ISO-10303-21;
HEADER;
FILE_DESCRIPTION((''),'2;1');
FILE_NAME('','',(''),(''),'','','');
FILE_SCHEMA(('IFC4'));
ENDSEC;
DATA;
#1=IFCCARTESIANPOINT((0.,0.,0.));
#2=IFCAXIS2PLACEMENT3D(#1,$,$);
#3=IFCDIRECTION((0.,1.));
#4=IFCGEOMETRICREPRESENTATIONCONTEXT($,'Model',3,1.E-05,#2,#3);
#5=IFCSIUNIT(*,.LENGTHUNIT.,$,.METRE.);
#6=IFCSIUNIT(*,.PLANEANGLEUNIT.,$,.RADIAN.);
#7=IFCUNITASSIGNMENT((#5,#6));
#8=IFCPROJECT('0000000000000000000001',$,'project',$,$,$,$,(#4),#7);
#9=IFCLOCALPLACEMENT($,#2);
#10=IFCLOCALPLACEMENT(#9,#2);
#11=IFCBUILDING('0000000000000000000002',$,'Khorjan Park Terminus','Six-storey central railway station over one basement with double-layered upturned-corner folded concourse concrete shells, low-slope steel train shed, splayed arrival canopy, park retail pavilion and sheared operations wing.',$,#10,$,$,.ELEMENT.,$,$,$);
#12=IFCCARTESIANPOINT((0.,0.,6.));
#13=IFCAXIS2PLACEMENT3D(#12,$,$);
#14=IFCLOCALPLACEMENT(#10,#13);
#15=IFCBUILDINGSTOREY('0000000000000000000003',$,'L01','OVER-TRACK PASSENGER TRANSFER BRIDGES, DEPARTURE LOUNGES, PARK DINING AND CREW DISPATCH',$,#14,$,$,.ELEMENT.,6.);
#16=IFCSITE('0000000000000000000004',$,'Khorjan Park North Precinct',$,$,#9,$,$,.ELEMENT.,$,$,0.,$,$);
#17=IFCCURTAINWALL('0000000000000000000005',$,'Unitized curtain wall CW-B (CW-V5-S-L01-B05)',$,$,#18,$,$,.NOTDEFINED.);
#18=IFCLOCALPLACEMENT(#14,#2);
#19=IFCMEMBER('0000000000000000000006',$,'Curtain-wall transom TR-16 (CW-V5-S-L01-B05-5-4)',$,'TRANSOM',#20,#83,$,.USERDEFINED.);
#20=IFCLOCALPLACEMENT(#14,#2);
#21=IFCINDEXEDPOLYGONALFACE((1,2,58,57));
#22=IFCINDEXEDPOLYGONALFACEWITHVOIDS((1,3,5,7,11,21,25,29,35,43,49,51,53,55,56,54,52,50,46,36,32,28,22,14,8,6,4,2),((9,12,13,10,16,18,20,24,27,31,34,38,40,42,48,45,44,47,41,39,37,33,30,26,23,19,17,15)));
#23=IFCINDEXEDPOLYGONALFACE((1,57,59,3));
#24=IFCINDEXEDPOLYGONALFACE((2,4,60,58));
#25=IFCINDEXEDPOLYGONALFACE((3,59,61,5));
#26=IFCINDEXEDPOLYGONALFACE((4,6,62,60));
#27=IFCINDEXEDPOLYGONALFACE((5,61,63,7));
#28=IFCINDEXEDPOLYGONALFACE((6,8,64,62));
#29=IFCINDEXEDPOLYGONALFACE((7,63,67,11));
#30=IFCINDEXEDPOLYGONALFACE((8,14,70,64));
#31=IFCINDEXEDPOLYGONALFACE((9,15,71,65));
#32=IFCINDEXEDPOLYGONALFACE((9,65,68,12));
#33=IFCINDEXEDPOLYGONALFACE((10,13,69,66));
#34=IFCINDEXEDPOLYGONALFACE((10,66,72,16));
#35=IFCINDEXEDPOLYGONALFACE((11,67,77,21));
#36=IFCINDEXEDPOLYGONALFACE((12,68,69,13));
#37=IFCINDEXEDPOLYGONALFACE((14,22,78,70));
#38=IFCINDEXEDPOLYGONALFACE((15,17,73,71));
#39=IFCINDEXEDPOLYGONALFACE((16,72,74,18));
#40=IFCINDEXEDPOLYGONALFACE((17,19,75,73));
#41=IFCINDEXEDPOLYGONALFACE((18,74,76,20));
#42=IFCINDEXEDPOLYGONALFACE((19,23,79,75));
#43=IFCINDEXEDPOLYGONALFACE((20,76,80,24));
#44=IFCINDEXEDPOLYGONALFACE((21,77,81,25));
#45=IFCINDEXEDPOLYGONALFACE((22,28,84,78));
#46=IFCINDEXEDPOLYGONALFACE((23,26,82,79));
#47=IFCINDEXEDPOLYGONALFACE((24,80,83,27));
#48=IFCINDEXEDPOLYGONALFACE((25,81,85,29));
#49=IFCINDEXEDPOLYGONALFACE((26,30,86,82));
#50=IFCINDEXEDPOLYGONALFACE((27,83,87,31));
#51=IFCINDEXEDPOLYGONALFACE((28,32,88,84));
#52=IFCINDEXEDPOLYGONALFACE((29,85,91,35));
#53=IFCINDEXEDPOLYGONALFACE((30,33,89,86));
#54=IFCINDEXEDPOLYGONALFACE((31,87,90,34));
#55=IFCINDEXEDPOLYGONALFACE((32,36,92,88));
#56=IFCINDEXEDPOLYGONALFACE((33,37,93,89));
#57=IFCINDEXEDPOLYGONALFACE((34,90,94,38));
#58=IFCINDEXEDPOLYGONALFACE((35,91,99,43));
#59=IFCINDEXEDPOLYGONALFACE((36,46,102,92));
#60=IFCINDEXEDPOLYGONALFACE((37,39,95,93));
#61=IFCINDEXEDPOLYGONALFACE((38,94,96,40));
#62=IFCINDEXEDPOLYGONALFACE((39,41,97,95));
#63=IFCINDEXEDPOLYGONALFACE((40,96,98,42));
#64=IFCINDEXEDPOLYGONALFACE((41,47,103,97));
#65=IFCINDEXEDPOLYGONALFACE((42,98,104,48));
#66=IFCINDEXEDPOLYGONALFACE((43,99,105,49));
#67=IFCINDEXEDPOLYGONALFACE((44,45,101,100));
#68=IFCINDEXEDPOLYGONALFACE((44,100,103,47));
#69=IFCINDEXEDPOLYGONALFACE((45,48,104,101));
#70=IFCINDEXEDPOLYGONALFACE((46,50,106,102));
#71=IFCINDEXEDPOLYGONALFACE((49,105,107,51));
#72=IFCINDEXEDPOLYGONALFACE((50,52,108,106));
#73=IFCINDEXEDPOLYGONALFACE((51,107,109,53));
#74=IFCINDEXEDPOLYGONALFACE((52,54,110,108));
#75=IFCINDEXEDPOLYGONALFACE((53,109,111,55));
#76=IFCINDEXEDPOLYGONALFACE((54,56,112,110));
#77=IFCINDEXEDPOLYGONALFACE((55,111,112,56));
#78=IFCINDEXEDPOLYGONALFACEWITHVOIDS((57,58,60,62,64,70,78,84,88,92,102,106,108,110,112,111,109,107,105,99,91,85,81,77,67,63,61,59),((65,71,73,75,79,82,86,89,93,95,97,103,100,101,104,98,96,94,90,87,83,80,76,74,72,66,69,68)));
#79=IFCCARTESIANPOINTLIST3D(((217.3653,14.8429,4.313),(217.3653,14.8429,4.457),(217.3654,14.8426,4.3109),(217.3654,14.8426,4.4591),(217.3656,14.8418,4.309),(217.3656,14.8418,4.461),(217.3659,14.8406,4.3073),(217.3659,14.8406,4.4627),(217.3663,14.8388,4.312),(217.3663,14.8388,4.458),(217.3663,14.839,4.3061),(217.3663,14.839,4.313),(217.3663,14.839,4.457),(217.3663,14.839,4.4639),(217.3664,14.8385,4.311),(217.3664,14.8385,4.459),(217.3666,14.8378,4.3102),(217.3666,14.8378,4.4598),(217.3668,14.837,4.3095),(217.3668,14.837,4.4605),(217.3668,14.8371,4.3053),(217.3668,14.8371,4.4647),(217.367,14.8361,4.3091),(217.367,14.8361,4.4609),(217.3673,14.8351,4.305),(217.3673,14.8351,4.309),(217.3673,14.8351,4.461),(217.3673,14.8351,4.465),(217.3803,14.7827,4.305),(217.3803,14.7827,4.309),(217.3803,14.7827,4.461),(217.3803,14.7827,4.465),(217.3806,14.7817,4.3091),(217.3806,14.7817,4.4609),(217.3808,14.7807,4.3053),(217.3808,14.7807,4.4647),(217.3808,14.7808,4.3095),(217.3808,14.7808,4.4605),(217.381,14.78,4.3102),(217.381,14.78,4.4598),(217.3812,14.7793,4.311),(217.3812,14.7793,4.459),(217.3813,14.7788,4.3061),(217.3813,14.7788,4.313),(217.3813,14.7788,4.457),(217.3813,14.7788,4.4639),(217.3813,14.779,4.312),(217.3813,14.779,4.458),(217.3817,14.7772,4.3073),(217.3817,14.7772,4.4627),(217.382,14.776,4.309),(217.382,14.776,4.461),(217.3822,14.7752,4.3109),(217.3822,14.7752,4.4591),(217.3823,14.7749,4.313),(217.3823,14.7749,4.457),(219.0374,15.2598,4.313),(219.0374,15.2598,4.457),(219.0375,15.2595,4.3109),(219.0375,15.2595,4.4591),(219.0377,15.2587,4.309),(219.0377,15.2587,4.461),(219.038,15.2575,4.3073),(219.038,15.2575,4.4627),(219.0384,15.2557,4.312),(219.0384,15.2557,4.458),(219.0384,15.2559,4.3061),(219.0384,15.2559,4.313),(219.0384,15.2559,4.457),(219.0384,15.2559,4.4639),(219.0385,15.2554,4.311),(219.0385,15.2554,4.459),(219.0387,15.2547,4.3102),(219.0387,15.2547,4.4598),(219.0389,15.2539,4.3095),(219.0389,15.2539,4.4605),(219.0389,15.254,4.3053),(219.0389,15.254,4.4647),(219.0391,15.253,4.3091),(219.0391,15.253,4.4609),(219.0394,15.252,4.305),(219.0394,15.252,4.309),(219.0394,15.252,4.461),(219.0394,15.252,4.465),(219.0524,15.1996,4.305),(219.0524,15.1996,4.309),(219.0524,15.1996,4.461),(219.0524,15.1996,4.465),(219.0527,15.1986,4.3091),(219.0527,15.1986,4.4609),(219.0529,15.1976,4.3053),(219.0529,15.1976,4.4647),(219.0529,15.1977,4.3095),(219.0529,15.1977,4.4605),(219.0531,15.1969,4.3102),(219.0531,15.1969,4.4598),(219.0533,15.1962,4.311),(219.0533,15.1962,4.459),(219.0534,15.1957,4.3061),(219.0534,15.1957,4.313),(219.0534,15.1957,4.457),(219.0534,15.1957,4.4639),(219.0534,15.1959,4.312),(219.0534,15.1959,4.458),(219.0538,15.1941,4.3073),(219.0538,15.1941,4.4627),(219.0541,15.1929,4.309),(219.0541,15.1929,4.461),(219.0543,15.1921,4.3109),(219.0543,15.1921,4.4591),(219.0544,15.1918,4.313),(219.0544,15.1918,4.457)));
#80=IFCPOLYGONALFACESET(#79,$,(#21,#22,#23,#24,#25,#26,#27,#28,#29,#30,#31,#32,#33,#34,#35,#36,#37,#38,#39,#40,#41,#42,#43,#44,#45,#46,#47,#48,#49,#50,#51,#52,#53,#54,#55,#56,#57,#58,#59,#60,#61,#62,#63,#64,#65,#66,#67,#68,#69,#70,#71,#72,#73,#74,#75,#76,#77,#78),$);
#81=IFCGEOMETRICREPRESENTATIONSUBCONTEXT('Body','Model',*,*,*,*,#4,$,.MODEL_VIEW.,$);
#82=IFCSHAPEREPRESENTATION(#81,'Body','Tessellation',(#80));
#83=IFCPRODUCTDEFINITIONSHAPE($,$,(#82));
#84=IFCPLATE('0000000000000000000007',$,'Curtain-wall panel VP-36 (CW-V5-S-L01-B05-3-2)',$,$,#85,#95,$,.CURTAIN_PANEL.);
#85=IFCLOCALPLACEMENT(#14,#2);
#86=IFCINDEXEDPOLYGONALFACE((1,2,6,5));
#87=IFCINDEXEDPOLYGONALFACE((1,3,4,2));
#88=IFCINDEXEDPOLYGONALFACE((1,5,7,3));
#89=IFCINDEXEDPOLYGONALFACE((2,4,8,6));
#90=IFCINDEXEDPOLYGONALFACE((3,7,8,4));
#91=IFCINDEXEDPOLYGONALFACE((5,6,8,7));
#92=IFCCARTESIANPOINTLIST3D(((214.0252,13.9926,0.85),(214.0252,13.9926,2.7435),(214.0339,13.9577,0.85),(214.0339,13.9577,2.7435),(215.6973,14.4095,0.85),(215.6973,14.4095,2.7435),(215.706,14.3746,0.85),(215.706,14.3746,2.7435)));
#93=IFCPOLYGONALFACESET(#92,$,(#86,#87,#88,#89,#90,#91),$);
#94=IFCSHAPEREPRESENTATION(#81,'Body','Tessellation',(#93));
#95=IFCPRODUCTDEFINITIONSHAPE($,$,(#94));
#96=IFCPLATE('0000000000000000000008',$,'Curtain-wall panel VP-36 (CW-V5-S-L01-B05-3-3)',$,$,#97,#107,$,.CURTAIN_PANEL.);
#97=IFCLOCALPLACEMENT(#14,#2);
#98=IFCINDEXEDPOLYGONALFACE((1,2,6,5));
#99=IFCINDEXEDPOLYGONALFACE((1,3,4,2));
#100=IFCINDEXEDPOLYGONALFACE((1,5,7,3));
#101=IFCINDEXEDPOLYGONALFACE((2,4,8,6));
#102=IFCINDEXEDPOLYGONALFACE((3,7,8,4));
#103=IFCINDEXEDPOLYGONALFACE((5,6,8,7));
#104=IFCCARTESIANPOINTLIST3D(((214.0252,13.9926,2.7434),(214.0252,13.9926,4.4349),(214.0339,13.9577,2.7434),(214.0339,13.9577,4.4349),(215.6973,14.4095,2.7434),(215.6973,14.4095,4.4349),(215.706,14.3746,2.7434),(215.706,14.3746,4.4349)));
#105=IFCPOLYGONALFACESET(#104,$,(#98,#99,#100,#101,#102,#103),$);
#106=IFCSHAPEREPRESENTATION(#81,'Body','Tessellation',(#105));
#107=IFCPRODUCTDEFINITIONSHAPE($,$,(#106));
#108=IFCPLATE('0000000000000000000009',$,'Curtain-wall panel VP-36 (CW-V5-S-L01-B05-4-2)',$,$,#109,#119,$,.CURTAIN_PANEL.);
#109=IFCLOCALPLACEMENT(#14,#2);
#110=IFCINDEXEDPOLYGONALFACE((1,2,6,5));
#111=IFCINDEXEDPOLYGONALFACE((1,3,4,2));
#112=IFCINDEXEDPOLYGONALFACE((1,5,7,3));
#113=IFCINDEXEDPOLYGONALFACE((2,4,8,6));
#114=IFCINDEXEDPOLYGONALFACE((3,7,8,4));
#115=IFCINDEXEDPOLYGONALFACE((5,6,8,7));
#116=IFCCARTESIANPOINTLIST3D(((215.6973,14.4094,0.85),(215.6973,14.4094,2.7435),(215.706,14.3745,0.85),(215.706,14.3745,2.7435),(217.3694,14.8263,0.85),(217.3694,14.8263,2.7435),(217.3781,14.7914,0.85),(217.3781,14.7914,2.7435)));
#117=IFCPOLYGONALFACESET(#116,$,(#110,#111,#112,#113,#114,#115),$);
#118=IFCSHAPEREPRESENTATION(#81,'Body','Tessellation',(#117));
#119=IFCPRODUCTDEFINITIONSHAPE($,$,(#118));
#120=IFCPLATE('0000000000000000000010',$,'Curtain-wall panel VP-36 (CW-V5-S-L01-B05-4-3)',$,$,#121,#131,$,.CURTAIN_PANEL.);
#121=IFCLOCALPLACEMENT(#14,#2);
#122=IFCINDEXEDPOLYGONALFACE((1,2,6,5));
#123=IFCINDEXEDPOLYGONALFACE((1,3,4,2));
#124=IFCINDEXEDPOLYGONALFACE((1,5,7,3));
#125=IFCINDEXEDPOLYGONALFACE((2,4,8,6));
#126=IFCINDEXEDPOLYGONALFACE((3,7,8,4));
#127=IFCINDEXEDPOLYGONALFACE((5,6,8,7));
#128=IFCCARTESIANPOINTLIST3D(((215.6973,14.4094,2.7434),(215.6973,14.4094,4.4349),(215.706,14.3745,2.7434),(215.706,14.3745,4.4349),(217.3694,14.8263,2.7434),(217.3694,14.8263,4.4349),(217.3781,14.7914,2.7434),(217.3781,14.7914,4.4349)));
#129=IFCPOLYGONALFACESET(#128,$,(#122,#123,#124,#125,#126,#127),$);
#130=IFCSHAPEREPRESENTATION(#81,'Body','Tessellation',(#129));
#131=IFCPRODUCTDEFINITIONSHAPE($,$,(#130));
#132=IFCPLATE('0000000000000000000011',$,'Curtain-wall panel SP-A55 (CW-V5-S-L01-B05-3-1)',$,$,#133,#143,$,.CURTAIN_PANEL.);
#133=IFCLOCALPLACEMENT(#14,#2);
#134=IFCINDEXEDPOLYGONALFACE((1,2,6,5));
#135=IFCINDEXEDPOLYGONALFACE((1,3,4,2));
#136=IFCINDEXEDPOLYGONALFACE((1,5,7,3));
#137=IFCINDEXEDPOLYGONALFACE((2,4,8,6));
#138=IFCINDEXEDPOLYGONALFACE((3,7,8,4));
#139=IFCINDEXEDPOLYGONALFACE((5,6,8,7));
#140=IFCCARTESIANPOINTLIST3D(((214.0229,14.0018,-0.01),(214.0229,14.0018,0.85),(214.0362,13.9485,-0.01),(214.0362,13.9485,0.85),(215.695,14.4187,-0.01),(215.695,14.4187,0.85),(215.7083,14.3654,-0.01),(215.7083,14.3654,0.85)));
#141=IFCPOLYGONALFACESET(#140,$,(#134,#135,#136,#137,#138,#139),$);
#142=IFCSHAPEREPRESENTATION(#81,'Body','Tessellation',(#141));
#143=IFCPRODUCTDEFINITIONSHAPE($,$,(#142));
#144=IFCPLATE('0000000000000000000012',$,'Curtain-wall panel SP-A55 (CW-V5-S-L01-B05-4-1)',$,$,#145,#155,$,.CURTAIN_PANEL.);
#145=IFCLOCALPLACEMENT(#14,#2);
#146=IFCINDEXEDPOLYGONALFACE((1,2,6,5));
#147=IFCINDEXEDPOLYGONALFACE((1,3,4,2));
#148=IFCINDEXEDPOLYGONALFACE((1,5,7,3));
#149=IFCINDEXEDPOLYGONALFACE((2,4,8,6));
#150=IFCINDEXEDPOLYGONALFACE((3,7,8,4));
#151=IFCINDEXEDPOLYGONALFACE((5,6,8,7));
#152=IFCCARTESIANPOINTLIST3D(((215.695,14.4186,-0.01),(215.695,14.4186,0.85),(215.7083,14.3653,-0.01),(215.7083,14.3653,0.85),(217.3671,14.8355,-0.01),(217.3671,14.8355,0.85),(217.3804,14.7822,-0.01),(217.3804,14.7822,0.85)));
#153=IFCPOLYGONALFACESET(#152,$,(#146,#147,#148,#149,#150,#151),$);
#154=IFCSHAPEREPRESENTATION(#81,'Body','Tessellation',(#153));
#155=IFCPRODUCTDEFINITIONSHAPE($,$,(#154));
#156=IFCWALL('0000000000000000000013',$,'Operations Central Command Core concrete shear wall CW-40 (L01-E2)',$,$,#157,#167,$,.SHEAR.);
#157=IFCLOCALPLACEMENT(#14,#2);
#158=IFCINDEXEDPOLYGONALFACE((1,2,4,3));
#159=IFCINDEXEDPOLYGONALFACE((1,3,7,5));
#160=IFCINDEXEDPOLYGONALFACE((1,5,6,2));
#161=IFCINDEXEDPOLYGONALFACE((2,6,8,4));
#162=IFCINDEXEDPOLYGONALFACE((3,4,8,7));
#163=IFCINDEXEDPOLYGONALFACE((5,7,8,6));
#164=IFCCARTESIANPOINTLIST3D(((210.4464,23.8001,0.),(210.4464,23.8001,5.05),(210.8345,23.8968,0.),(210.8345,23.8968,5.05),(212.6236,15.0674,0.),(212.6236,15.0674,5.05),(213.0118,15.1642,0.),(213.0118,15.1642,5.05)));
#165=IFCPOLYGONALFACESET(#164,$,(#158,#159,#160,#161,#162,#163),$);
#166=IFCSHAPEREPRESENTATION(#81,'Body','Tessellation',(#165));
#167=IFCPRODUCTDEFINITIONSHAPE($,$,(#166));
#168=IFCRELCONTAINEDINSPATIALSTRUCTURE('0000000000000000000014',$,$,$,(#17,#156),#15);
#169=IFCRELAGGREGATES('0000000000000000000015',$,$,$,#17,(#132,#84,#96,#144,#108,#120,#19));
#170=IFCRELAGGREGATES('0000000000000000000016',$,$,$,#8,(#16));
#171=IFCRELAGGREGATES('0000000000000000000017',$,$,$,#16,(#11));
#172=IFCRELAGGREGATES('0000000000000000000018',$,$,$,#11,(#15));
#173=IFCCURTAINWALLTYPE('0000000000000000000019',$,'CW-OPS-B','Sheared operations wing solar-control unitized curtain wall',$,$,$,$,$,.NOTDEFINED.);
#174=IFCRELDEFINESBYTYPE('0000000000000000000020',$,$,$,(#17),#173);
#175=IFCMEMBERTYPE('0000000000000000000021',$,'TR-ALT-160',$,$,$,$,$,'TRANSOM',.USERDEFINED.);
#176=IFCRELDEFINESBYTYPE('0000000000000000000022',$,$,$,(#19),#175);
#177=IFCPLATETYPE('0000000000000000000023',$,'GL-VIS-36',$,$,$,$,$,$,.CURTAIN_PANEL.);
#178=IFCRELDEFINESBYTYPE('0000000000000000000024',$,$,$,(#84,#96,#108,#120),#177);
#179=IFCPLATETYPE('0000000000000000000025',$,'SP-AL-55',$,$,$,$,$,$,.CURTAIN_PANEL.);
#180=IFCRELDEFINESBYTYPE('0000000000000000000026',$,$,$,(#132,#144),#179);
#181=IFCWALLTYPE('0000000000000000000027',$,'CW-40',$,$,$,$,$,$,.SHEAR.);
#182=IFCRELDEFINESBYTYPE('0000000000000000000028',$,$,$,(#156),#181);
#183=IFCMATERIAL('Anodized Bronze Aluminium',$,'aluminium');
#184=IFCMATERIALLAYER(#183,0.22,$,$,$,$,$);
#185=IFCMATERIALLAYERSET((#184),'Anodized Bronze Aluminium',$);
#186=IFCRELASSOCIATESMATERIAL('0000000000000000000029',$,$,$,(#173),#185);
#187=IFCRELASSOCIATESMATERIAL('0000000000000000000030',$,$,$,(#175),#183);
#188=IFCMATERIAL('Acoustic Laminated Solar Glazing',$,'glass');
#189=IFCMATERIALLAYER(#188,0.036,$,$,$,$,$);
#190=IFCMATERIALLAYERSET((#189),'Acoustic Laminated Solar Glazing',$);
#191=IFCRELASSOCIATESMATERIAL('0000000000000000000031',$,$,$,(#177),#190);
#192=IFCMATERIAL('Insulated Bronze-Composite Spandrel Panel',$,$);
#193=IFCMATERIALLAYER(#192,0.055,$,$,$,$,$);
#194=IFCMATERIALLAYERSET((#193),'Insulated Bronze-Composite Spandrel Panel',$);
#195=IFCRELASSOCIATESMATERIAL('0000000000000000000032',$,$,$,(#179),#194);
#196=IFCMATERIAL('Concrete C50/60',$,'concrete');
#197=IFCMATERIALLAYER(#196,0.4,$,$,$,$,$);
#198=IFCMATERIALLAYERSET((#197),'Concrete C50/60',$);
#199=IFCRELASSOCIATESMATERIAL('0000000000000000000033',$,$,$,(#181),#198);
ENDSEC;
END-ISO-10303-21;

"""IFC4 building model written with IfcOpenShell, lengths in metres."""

from ifc_helpers import new_model, si_unit, direction, frame, frame_2d, origin, origin_2d, place, context, subcontext, project, spatial, rectangle, hollow_rectangle, extrude, material, layer, layer_set, material_profile, profile_set, type_object, element, aggregate, save


model = new_model("IFC4")

# Units and contexts
model_context = context("Model", 3, precision=1e-05, world=origin(), true_north=direction((0.0, 1.0)))
body_context = subcontext(model_context, "Body", "Model", "MODEL_VIEW")
ifc_project = project(units=[si_unit("LENGTHUNIT", "METRE"), si_unit("PLANEANGLEUNIT", "RADIAN")], contexts=[model_context])

# Site, building, storey
site_placement = place(None, origin())
site = spatial("IfcSite", under=ifc_project, at=site_placement, Name="Khorjan Park North Precinct", CompositionType="ELEMENT", RefElevation=0.0)
building_placement = place(site_placement, origin())
building = spatial("IfcBuilding", under=site, at=building_placement, Name="Khorjan Park Terminus", Description="Six-storey central railway station over one basement with double-layered upturned-corner folded concourse concrete shells, low-slope steel train shed, splayed arrival canopy, park retail pavilion and sheared operations wing.", CompositionType="ELEMENT")
storey_placement = place(building_placement, frame((0.0, 0.0, 6.0)))
storey = spatial("IfcBuildingStorey", under=building, at=storey_placement, Name="L01", Description="OVER-TRACK PASSENGER TRANSFER BRIDGES, DEPARTURE LOUNGES, PARK DINING AND CREW DISPATCH", CompositionType="ELEMENT", Elevation=6.0)

# Shared definitions
ifc_material_1 = material(Name="Concrete C50/60", Category="concrete")

# Curtain wall, member, plates
ifc_material_2 = material(Name="Anodized Bronze Aluminium", Category="aluminium")
ifc_layer_1 = layer(ifc_material_2, 0.22)
ifc_layer_set_1 = layer_set([ifc_layer_1], Name="Anodized Bronze Aluminium")
curtain_wall_type = type_object("IfcCurtainWallType", Name="CW-OPS-B", Description="Sheared operations wing solar-control unitized curtain wall", PredefinedType="NOTDEFINED", material=ifc_layer_set_1)
curtain_wall_placement = place(storey_placement, origin())
curtain_wall = element("IfcCurtainWall", 1, at=curtain_wall_placement, inside=storey, type_object=curtain_wall_type, Name="Unitized curtain wall CW-B (CW-V5-S-L01-B05)", PredefinedType="NOTDEFINED")
ifc_material_profile_1 = material_profile(ifc_material_2, hollow_rectangle(XDim=0.07, YDim=0.16, WallThickness=0.004, InnerFilletRadius=0.004, OuterFilletRadius=0.008, at=origin_2d()), Name="ALT 70x160x4")
ifc_profile_set_1 = profile_set([ifc_material_profile_1], Name="Anodized Bronze Aluminium")
member_type_1 = type_object("IfcMemberType", Name="TR-ALT-160", ElementType="TRANSOM", PredefinedType="USERDEFINED", material=ifc_profile_set_1)
member_1_placement = place(storey_placement, frame((217.3738, 14.8089, 4.385), z_axis=(0.970296, 0.241921, 0.0), x_axis=(-0.241921, 0.970296, 0.0)))
member_1 = element("IfcMember", 2, at=member_1_placement, type_object=member_type_1, Name="Curtain-wall transom TR-16 (CW-V5-S-L01-B05-5-4)", ObjectType="TRANSOM", PredefinedType="USERDEFINED", context=body_context, shape_type="SweptSolid", body=[
    extrude(hollow_rectangle(XDim=0.07, YDim=0.16, WallThickness=0.004, InnerFilletRadius=0.004, OuterFilletRadius=0.008, at=origin_2d()), origin(), (0.0, 0.0, 1.0), 1.7233),
])
ifc_material_3 = material(Name="Acoustic Laminated Solar Glazing", Category="glass")
ifc_layer_2 = layer(ifc_material_3, 0.036)
ifc_layer_set_2 = layer_set([ifc_layer_2], Name="Acoustic Laminated Solar Glazing")
plate_type_1 = type_object("IfcPlateType", Name="GL-VIS-36", PredefinedType="CURTAIN_PANEL", material=ifc_layer_set_2)
plate_1_placement = place(storey_placement, frame((214.8656, 14.1836, 0.85), z_axis=(0.0, 0.0, 1.0), x_axis=(0.970298, 0.241912, 0.0)))
plate_1 = element("IfcPlate", 3, at=plate_1_placement, type_object=plate_type_1, Name="Curtain-wall panel VP-36 (CW-V5-S-L01-B05-3-2)", PredefinedType="CURTAIN_PANEL", context=body_context, shape_type="SweptSolid", body=[
    extrude(rectangle(XDim=1.7233, YDim=0.036, at=origin_2d()), origin(), (0.0, 0.0, 1.0), 1.8935),
])
plate_2_placement = place(storey_placement, frame((214.8656, 14.1836, 2.7434), z_axis=(0.0, 0.0, 1.0), x_axis=(0.970298, 0.241912, 0.0)))
plate_2 = element("IfcPlate", 4, at=plate_2_placement, type_object=plate_type_1, Name="Curtain-wall panel VP-36 (CW-V5-S-L01-B05-3-3)", PredefinedType="CURTAIN_PANEL", context=body_context, shape_type="SweptSolid", body=[
    extrude(rectangle(XDim=1.7233, YDim=0.036, at=origin_2d()), origin(), (0.0, 0.0, 1.0), 1.6915),
])
plate_3_placement = place(storey_placement, frame((216.5377, 14.6004, 0.85), z_axis=(0.0, 0.0, 1.0), x_axis=(0.970298, 0.241912, 0.0)))
plate_3 = element("IfcPlate", 5, at=plate_3_placement, type_object=plate_type_1, Name="Curtain-wall panel VP-36 (CW-V5-S-L01-B05-4-2)", PredefinedType="CURTAIN_PANEL", context=body_context, shape_type="SweptSolid", body=[
    extrude(rectangle(XDim=1.7233, YDim=0.036, at=origin_2d()), origin(), (0.0, 0.0, 1.0), 1.8935),
])
plate_4_placement = place(storey_placement, frame((216.5377, 14.6004, 2.7434), z_axis=(0.0, 0.0, 1.0), x_axis=(0.970298, 0.241912, 0.0)))
plate_4 = element("IfcPlate", 6, at=plate_4_placement, type_object=plate_type_1, Name="Curtain-wall panel VP-36 (CW-V5-S-L01-B05-4-3)", PredefinedType="CURTAIN_PANEL", context=body_context, shape_type="SweptSolid", body=[
    extrude(rectangle(XDim=1.7233, YDim=0.036, at=origin_2d()), origin(), (0.0, 0.0, 1.0), 1.6915),
])
ifc_material_4 = material(Name="Insulated Bronze-Composite Spandrel Panel")
ifc_layer_3 = layer(ifc_material_4, 0.055)
ifc_layer_set_3 = layer_set([ifc_layer_3], Name="Insulated Bronze-Composite Spandrel Panel")
plate_type_2 = type_object("IfcPlateType", Name="SP-AL-55", PredefinedType="CURTAIN_PANEL", material=ifc_layer_set_3)
plate_5_placement = place(storey_placement, frame((214.8656, 14.1836, -0.01), z_axis=(0.0, 0.0, 1.0), x_axis=(0.970298, 0.241912, 0.0)))
plate_5 = element("IfcPlate", 7, at=plate_5_placement, type_object=plate_type_2, Name="Curtain-wall panel SP-A55 (CW-V5-S-L01-B05-3-1)", PredefinedType="CURTAIN_PANEL", context=body_context, shape_type="SweptSolid", body=[
    extrude(rectangle(XDim=1.7233, YDim=0.055, at=origin_2d()), origin(), (0.0, 0.0, 1.0), 0.86),
])
plate_6_placement = place(storey_placement, frame((216.5377, 14.6004, -0.01), z_axis=(0.0, 0.0, 1.0), x_axis=(0.970298, 0.241912, 0.0)))
plate_6 = element("IfcPlate", 8, at=plate_6_placement, type_object=plate_type_2, Name="Curtain-wall panel SP-A55 (CW-V5-S-L01-B05-4-1)", PredefinedType="CURTAIN_PANEL", context=body_context, shape_type="SweptSolid", body=[
    extrude(rectangle(XDim=1.7233, YDim=0.055, at=origin_2d()), origin(), (0.0, 0.0, 1.0), 0.86),
])
aggregate(curtain_wall, [plate_5, plate_1, plate_2, plate_6, plate_3, plate_4, member_1])

# Wall
ifc_layer_4 = layer(ifc_material_1, 0.4)
ifc_layer_set_4 = layer_set([ifc_layer_4], Name="Concrete C50/60")
wall_type_1 = type_object("IfcWallType", Name="CW-40", PredefinedType="SHEAR", material=ifc_layer_set_4)
wall_1_placement = place(storey_placement, frame((212.8177, 15.1158, 0.0), z_axis=(0.0, 0.0, 1.0), x_axis=(-0.241921, 0.970296, 0.0)))
element("IfcWall", 9, at=wall_1_placement, inside=storey, type_object=wall_type_1, Name="Operations Central Command Core concrete shear wall CW-40 (L01-E2)", PredefinedType="SHEAR", context=body_context, shape_type="SweptSolid", body=[
    extrude(rectangle(XDim=9.0, YDim=0.4, at=frame_2d((4.5, 0.0))), origin(), (0.0, 0.0, 1.0), 5.05),
])

save(model, "model.ifc")
